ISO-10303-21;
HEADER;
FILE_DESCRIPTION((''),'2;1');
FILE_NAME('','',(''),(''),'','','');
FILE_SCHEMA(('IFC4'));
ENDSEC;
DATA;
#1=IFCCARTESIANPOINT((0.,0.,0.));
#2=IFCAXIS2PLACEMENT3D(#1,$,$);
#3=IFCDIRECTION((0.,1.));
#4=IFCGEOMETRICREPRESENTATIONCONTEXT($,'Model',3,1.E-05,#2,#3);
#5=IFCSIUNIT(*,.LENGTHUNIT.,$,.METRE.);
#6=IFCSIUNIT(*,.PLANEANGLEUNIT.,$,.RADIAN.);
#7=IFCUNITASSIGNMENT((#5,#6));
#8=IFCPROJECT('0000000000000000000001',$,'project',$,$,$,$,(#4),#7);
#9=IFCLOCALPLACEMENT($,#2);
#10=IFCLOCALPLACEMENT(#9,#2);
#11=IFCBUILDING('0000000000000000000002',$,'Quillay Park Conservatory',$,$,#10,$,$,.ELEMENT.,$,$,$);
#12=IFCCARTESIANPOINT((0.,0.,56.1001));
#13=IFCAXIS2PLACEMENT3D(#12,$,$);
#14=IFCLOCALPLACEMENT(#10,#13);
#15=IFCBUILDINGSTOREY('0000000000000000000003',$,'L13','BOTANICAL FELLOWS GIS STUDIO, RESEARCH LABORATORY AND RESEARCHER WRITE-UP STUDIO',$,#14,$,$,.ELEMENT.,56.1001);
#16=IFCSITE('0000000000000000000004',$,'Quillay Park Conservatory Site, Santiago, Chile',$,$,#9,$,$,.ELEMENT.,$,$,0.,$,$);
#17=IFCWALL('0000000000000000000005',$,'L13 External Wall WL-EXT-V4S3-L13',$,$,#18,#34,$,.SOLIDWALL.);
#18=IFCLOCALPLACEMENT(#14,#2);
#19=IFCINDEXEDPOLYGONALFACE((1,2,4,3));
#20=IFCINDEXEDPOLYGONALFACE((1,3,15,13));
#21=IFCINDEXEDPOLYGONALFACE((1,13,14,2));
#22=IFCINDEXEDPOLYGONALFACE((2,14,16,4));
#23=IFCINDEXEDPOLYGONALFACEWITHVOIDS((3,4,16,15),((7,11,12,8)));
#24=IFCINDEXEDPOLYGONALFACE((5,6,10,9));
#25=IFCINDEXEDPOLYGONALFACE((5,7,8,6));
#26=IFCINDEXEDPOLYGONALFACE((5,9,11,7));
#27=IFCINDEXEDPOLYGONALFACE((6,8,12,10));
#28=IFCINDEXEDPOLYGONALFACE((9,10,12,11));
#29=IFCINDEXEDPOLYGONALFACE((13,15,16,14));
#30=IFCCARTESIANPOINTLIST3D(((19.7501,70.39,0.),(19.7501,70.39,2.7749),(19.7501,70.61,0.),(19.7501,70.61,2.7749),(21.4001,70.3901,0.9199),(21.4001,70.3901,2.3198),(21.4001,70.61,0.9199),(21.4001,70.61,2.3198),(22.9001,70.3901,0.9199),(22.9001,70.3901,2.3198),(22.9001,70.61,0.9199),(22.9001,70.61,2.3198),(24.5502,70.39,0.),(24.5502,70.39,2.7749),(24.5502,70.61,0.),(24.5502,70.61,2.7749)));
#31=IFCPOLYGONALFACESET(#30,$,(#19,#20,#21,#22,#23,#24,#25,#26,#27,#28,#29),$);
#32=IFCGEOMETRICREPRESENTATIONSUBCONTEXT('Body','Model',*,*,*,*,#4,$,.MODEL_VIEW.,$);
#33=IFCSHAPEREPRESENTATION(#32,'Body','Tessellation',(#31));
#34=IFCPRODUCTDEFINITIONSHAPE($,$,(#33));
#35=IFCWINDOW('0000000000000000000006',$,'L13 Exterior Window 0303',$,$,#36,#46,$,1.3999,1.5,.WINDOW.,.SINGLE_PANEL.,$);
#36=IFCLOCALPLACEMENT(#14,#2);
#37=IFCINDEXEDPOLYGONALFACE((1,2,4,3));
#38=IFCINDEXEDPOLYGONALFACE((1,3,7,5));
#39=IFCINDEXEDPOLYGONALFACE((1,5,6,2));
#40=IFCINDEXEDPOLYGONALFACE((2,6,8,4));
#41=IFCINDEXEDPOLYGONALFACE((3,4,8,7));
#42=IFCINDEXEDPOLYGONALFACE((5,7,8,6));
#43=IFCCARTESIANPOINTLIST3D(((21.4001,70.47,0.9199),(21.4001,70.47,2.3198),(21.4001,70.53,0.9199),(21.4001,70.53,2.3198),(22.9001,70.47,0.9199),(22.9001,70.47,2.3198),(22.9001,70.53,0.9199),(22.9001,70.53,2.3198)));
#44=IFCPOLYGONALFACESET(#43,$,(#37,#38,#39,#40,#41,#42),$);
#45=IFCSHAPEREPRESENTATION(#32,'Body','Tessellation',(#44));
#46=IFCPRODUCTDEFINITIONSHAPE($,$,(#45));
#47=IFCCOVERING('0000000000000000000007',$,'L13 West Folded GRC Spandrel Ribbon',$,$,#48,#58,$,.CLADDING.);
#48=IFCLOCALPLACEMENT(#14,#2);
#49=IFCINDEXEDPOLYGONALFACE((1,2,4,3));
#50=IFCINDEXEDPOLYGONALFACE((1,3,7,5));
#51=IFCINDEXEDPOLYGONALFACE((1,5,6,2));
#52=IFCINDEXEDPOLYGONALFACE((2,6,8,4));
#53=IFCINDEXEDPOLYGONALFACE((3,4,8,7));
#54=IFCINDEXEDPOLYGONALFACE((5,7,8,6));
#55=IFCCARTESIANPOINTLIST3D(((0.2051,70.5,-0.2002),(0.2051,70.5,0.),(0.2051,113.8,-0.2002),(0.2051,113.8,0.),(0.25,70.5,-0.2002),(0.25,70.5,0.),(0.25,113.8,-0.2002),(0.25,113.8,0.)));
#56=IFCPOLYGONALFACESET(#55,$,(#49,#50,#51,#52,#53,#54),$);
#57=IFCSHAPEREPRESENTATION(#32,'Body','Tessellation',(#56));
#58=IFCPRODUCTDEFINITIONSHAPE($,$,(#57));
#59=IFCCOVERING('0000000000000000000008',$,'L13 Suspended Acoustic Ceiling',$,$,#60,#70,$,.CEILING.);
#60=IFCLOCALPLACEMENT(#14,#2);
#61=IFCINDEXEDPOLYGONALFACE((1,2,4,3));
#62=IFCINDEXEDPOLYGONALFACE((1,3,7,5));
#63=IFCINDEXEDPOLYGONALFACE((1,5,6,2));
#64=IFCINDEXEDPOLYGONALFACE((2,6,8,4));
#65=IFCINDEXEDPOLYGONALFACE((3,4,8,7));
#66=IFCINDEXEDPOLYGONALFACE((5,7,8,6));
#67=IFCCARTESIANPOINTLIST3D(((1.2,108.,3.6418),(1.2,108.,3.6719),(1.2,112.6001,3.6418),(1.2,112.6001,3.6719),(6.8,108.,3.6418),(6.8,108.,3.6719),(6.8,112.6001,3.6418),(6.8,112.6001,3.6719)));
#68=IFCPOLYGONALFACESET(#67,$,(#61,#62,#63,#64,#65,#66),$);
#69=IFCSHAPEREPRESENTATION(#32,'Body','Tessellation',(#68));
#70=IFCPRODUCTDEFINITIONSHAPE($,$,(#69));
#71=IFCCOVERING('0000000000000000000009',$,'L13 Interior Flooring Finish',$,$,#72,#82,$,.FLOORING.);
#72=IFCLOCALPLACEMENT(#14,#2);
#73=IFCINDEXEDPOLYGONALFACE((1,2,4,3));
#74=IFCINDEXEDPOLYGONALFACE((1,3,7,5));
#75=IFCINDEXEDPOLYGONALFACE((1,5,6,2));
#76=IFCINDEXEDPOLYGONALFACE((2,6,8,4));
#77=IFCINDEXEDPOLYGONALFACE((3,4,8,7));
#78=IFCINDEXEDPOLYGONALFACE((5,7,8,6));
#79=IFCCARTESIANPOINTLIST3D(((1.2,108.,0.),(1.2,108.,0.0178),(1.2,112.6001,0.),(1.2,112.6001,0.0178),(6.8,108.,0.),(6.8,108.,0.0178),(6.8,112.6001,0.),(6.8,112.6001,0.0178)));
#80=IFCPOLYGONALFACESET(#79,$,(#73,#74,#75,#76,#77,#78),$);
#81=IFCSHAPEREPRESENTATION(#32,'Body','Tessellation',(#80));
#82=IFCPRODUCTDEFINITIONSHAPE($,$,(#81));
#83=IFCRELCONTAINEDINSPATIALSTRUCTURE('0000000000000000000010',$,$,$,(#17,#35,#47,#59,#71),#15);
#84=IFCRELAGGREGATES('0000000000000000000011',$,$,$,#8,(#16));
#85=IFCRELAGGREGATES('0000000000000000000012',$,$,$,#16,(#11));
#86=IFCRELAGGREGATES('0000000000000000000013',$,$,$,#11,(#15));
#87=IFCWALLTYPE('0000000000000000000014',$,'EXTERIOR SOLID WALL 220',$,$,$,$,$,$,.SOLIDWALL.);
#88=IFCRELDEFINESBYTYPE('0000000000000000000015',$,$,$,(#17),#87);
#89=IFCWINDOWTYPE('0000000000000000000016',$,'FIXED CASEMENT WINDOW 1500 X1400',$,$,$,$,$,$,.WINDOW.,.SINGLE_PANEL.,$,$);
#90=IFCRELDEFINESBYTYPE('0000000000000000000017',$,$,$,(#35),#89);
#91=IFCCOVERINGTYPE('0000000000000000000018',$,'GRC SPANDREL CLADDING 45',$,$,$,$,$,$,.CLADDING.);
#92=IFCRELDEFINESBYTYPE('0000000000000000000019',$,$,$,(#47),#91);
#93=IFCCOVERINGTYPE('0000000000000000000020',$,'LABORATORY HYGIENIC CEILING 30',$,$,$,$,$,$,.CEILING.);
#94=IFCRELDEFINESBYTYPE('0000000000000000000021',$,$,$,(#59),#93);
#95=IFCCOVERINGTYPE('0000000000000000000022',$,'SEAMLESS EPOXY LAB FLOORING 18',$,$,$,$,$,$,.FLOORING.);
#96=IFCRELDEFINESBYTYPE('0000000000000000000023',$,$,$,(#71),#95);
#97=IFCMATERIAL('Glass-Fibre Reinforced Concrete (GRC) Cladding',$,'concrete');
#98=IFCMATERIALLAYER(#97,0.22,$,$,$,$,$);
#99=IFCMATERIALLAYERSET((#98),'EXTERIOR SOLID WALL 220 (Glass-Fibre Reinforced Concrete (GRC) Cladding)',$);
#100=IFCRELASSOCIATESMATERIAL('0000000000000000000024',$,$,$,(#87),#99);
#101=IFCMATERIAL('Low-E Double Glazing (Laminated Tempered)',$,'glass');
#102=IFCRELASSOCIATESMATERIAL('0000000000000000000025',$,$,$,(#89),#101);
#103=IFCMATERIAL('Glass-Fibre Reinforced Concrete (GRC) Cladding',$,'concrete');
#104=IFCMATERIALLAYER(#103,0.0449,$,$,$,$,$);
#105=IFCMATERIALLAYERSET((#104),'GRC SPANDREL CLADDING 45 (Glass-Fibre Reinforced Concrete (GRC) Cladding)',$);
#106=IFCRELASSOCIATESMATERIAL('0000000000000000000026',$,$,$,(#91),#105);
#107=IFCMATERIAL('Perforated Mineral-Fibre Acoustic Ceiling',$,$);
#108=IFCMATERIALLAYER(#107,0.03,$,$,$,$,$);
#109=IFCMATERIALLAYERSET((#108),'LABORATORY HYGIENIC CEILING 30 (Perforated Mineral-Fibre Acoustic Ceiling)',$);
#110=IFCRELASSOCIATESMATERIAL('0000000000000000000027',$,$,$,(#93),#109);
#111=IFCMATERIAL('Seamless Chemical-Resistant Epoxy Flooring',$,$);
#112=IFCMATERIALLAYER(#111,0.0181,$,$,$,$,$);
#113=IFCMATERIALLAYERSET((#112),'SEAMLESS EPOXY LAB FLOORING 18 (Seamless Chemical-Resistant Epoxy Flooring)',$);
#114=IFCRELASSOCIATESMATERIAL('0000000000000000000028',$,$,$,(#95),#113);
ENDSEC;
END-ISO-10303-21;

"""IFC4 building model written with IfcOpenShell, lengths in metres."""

from ifc_helpers import new_model, si_unit, direction, frame, frame_2d, origin, place, context, subcontext, project, spatial, polyline, rectangle, outline, extrude, material, layer, layer_set, type_object, element, fill, save


model = new_model("IFC4")

# Units and contexts
model_context = context("Model", 3, precision=1e-05, world=origin(), true_north=direction((0.0, 1.0)))
body_context = subcontext(model_context, "Body", "Model", "MODEL_VIEW")
ifc_project = project(units=[si_unit("LENGTHUNIT", "METRE"), si_unit("PLANEANGLEUNIT", "RADIAN")], contexts=[model_context])

# Site, building, storey
site_placement = place(None, origin())
site = spatial("IfcSite", under=ifc_project, at=site_placement, Name="Quillay Park Conservatory Site, Santiago, Chile", CompositionType="ELEMENT", RefElevation=0.0)
building_placement = place(site_placement, origin())
building = spatial("IfcBuilding", under=site, at=building_placement, Name="Quillay Park Conservatory", CompositionType="ELEMENT")
storey_placement = place(building_placement, frame((0.0, 0.0, 56.1001)))
storey = spatial("IfcBuildingStorey", under=building, at=storey_placement, Name="L13", Description="BOTANICAL FELLOWS GIS STUDIO, RESEARCH LABORATORY AND RESEARCHER WRITE-UP STUDIO", CompositionType="ELEMENT", Elevation=56.1001)

# Shared definitions
ifc_material_1 = material(Name="Glass-Fibre Reinforced Concrete (GRC) Cladding", Category="concrete")
ifc_layer_1 = layer(ifc_material_1, 0.22)
ifc_layer_set_1 = layer_set([ifc_layer_1], Name="EXTERIOR SOLID WALL 220 (Glass-Fibre Reinforced Concrete (GRC) Cladding)")
wall_type_1 = type_object("IfcWallType", Name="EXTERIOR SOLID WALL 220", PredefinedType="SOLIDWALL", material=ifc_layer_set_1)

# Wall, opening, window
wall_1_placement = place(storey_placement, frame((24.55, 70.5, 0.0), z_axis=(0.0, 0.0, 1.0), x_axis=(-1.0, 0.0, 0.0)))
wall_1 = element("IfcWall", 1, at=wall_1_placement, inside=storey, type_object=wall_type_1, Name="L13 External Wall WL-EXT-V4S3-L13", PredefinedType="SOLIDWALL", context=body_context, shape_type="SweptSolid", body=[
    extrude(rectangle(XDim=4.8, YDim=0.22, at=frame_2d((2.3999, 0.0))), origin(), (0.0, 0.0, 1.0), 2.7749),
])
opening_1_placement = place(wall_1_placement, frame((1.6499, 0.0, 0.9199)))
opening_1 = element("IfcOpeningElement", 2, at=opening_1_placement, cuts=wall_1, PredefinedType="OPENING", context=body_context, shape_type="SweptSolid", body=[
    extrude(rectangle(XDim=1.5, YDim=1.3999, at=frame_2d((0.75, 0.7))), frame((0.0, 0.1099, 0.0), z_axis=(0.0, -1.0, 0.0), x_axis=(1.0, 0.0, 0.0)), (0.0, 0.0, 1.0), 0.22),
])
ifc_material_2 = material(Name="Low-E Double Glazing (Laminated Tempered)", Category="glass")
window_type_1 = type_object("IfcWindowType", Name="FIXED CASEMENT WINDOW 1500 X1400", PartitioningType="SINGLE_PANEL", PredefinedType="WINDOW", material=ifc_material_2)
window_1_placement = place(opening_1_placement, origin())
window_1 = element("IfcWindow", 3, at=window_1_placement, inside=storey, type_object=window_type_1, Name="L13 Exterior Window 0303", OverallHeight=1.3999, OverallWidth=1.5, PartitioningType="SINGLE_PANEL", PredefinedType="WINDOW", context=body_context, shape_type="SweptSolid", body=[
    extrude(rectangle(XDim=1.5, YDim=1.3999, at=frame_2d((0.75, 0.7))), frame((0.0, 0.03, 0.0), z_axis=(0.0, -1.0, 0.0), x_axis=(1.0, 0.0, 0.0)), (0.0, 0.0, 1.0), 0.0601),
])
fill(opening_1, window_1)

# Coverings
ifc_material_3 = material(Name="Glass-Fibre Reinforced Concrete (GRC) Cladding", Category="concrete")
ifc_layer_2 = layer(ifc_material_3, 0.0449)
ifc_layer_set_2 = layer_set([ifc_layer_2], Name="GRC SPANDREL CLADDING 45 (Glass-Fibre Reinforced Concrete (GRC) Cladding)")
covering_type_1 = type_object("IfcCoveringType", Name="GRC SPANDREL CLADDING 45", PredefinedType="CLADDING", material=ifc_layer_set_2)
covering_1_placement = place(storey_placement, frame((0.0, 0.0, -0.2002)))
element("IfcCovering", 4, at=covering_1_placement, inside=storey, type_object=covering_type_1, Name="L13 West Folded GRC Spandrel Ribbon", PredefinedType="CLADDING", context=body_context, shape_type="SweptSolid", body=[
    extrude(outline(polyline([(0.2051, 70.5), (0.25, 70.5), (0.25, 113.8), (0.2051, 113.8), (0.2051, 70.5)])), origin(), (0.0, 0.0, 1.0), 0.2002),
])
ifc_material_4 = material(Name="Perforated Mineral-Fibre Acoustic Ceiling")
ifc_layer_3 = layer(ifc_material_4, 0.03)
ifc_layer_set_3 = layer_set([ifc_layer_3], Name="LABORATORY HYGIENIC CEILING 30 (Perforated Mineral-Fibre Acoustic Ceiling)")
covering_type_2 = type_object("IfcCoveringType", Name="LABORATORY HYGIENIC CEILING 30", PredefinedType="CEILING", material=ifc_layer_set_3)
covering_2_placement = place(storey_placement, frame((0.0, 0.0, 3.6418)))
element("IfcCovering", 5, at=covering_2_placement, inside=storey, type_object=covering_type_2, Name="L13 Suspended Acoustic Ceiling", PredefinedType="CEILING", context=body_context, shape_type="SweptSolid", body=[
    extrude(outline(polyline([(1.2, 108.0), (6.8, 108.0), (6.8, 112.6001), (1.2, 112.6001), (1.2, 108.0)])), origin(), (0.0, 0.0, 1.0), 0.03),
])
ifc_material_5 = material(Name="Seamless Chemical-Resistant Epoxy Flooring")
ifc_layer_4 = layer(ifc_material_5, 0.0181)
ifc_layer_set_4 = layer_set([ifc_layer_4], Name="SEAMLESS EPOXY LAB FLOORING 18 (Seamless Chemical-Resistant Epoxy Flooring)")
covering_type_3 = type_object("IfcCoveringType", Name="SEAMLESS EPOXY LAB FLOORING 18", PredefinedType="FLOORING", material=ifc_layer_set_4)
covering_3_placement = place(storey_placement, origin())
element("IfcCovering", 6, at=covering_3_placement, inside=storey, type_object=covering_type_3, Name="L13 Interior Flooring Finish", PredefinedType="FLOORING", context=body_context, shape_type="SweptSolid", body=[
    extrude(outline(polyline([(1.2, 108.0), (6.8, 108.0), (6.8, 112.6001), (1.2, 112.6001), (1.2, 108.0)])), origin(), (0.0, 0.0, 1.0), 0.0178),
])

save(model, "model.ifc")
